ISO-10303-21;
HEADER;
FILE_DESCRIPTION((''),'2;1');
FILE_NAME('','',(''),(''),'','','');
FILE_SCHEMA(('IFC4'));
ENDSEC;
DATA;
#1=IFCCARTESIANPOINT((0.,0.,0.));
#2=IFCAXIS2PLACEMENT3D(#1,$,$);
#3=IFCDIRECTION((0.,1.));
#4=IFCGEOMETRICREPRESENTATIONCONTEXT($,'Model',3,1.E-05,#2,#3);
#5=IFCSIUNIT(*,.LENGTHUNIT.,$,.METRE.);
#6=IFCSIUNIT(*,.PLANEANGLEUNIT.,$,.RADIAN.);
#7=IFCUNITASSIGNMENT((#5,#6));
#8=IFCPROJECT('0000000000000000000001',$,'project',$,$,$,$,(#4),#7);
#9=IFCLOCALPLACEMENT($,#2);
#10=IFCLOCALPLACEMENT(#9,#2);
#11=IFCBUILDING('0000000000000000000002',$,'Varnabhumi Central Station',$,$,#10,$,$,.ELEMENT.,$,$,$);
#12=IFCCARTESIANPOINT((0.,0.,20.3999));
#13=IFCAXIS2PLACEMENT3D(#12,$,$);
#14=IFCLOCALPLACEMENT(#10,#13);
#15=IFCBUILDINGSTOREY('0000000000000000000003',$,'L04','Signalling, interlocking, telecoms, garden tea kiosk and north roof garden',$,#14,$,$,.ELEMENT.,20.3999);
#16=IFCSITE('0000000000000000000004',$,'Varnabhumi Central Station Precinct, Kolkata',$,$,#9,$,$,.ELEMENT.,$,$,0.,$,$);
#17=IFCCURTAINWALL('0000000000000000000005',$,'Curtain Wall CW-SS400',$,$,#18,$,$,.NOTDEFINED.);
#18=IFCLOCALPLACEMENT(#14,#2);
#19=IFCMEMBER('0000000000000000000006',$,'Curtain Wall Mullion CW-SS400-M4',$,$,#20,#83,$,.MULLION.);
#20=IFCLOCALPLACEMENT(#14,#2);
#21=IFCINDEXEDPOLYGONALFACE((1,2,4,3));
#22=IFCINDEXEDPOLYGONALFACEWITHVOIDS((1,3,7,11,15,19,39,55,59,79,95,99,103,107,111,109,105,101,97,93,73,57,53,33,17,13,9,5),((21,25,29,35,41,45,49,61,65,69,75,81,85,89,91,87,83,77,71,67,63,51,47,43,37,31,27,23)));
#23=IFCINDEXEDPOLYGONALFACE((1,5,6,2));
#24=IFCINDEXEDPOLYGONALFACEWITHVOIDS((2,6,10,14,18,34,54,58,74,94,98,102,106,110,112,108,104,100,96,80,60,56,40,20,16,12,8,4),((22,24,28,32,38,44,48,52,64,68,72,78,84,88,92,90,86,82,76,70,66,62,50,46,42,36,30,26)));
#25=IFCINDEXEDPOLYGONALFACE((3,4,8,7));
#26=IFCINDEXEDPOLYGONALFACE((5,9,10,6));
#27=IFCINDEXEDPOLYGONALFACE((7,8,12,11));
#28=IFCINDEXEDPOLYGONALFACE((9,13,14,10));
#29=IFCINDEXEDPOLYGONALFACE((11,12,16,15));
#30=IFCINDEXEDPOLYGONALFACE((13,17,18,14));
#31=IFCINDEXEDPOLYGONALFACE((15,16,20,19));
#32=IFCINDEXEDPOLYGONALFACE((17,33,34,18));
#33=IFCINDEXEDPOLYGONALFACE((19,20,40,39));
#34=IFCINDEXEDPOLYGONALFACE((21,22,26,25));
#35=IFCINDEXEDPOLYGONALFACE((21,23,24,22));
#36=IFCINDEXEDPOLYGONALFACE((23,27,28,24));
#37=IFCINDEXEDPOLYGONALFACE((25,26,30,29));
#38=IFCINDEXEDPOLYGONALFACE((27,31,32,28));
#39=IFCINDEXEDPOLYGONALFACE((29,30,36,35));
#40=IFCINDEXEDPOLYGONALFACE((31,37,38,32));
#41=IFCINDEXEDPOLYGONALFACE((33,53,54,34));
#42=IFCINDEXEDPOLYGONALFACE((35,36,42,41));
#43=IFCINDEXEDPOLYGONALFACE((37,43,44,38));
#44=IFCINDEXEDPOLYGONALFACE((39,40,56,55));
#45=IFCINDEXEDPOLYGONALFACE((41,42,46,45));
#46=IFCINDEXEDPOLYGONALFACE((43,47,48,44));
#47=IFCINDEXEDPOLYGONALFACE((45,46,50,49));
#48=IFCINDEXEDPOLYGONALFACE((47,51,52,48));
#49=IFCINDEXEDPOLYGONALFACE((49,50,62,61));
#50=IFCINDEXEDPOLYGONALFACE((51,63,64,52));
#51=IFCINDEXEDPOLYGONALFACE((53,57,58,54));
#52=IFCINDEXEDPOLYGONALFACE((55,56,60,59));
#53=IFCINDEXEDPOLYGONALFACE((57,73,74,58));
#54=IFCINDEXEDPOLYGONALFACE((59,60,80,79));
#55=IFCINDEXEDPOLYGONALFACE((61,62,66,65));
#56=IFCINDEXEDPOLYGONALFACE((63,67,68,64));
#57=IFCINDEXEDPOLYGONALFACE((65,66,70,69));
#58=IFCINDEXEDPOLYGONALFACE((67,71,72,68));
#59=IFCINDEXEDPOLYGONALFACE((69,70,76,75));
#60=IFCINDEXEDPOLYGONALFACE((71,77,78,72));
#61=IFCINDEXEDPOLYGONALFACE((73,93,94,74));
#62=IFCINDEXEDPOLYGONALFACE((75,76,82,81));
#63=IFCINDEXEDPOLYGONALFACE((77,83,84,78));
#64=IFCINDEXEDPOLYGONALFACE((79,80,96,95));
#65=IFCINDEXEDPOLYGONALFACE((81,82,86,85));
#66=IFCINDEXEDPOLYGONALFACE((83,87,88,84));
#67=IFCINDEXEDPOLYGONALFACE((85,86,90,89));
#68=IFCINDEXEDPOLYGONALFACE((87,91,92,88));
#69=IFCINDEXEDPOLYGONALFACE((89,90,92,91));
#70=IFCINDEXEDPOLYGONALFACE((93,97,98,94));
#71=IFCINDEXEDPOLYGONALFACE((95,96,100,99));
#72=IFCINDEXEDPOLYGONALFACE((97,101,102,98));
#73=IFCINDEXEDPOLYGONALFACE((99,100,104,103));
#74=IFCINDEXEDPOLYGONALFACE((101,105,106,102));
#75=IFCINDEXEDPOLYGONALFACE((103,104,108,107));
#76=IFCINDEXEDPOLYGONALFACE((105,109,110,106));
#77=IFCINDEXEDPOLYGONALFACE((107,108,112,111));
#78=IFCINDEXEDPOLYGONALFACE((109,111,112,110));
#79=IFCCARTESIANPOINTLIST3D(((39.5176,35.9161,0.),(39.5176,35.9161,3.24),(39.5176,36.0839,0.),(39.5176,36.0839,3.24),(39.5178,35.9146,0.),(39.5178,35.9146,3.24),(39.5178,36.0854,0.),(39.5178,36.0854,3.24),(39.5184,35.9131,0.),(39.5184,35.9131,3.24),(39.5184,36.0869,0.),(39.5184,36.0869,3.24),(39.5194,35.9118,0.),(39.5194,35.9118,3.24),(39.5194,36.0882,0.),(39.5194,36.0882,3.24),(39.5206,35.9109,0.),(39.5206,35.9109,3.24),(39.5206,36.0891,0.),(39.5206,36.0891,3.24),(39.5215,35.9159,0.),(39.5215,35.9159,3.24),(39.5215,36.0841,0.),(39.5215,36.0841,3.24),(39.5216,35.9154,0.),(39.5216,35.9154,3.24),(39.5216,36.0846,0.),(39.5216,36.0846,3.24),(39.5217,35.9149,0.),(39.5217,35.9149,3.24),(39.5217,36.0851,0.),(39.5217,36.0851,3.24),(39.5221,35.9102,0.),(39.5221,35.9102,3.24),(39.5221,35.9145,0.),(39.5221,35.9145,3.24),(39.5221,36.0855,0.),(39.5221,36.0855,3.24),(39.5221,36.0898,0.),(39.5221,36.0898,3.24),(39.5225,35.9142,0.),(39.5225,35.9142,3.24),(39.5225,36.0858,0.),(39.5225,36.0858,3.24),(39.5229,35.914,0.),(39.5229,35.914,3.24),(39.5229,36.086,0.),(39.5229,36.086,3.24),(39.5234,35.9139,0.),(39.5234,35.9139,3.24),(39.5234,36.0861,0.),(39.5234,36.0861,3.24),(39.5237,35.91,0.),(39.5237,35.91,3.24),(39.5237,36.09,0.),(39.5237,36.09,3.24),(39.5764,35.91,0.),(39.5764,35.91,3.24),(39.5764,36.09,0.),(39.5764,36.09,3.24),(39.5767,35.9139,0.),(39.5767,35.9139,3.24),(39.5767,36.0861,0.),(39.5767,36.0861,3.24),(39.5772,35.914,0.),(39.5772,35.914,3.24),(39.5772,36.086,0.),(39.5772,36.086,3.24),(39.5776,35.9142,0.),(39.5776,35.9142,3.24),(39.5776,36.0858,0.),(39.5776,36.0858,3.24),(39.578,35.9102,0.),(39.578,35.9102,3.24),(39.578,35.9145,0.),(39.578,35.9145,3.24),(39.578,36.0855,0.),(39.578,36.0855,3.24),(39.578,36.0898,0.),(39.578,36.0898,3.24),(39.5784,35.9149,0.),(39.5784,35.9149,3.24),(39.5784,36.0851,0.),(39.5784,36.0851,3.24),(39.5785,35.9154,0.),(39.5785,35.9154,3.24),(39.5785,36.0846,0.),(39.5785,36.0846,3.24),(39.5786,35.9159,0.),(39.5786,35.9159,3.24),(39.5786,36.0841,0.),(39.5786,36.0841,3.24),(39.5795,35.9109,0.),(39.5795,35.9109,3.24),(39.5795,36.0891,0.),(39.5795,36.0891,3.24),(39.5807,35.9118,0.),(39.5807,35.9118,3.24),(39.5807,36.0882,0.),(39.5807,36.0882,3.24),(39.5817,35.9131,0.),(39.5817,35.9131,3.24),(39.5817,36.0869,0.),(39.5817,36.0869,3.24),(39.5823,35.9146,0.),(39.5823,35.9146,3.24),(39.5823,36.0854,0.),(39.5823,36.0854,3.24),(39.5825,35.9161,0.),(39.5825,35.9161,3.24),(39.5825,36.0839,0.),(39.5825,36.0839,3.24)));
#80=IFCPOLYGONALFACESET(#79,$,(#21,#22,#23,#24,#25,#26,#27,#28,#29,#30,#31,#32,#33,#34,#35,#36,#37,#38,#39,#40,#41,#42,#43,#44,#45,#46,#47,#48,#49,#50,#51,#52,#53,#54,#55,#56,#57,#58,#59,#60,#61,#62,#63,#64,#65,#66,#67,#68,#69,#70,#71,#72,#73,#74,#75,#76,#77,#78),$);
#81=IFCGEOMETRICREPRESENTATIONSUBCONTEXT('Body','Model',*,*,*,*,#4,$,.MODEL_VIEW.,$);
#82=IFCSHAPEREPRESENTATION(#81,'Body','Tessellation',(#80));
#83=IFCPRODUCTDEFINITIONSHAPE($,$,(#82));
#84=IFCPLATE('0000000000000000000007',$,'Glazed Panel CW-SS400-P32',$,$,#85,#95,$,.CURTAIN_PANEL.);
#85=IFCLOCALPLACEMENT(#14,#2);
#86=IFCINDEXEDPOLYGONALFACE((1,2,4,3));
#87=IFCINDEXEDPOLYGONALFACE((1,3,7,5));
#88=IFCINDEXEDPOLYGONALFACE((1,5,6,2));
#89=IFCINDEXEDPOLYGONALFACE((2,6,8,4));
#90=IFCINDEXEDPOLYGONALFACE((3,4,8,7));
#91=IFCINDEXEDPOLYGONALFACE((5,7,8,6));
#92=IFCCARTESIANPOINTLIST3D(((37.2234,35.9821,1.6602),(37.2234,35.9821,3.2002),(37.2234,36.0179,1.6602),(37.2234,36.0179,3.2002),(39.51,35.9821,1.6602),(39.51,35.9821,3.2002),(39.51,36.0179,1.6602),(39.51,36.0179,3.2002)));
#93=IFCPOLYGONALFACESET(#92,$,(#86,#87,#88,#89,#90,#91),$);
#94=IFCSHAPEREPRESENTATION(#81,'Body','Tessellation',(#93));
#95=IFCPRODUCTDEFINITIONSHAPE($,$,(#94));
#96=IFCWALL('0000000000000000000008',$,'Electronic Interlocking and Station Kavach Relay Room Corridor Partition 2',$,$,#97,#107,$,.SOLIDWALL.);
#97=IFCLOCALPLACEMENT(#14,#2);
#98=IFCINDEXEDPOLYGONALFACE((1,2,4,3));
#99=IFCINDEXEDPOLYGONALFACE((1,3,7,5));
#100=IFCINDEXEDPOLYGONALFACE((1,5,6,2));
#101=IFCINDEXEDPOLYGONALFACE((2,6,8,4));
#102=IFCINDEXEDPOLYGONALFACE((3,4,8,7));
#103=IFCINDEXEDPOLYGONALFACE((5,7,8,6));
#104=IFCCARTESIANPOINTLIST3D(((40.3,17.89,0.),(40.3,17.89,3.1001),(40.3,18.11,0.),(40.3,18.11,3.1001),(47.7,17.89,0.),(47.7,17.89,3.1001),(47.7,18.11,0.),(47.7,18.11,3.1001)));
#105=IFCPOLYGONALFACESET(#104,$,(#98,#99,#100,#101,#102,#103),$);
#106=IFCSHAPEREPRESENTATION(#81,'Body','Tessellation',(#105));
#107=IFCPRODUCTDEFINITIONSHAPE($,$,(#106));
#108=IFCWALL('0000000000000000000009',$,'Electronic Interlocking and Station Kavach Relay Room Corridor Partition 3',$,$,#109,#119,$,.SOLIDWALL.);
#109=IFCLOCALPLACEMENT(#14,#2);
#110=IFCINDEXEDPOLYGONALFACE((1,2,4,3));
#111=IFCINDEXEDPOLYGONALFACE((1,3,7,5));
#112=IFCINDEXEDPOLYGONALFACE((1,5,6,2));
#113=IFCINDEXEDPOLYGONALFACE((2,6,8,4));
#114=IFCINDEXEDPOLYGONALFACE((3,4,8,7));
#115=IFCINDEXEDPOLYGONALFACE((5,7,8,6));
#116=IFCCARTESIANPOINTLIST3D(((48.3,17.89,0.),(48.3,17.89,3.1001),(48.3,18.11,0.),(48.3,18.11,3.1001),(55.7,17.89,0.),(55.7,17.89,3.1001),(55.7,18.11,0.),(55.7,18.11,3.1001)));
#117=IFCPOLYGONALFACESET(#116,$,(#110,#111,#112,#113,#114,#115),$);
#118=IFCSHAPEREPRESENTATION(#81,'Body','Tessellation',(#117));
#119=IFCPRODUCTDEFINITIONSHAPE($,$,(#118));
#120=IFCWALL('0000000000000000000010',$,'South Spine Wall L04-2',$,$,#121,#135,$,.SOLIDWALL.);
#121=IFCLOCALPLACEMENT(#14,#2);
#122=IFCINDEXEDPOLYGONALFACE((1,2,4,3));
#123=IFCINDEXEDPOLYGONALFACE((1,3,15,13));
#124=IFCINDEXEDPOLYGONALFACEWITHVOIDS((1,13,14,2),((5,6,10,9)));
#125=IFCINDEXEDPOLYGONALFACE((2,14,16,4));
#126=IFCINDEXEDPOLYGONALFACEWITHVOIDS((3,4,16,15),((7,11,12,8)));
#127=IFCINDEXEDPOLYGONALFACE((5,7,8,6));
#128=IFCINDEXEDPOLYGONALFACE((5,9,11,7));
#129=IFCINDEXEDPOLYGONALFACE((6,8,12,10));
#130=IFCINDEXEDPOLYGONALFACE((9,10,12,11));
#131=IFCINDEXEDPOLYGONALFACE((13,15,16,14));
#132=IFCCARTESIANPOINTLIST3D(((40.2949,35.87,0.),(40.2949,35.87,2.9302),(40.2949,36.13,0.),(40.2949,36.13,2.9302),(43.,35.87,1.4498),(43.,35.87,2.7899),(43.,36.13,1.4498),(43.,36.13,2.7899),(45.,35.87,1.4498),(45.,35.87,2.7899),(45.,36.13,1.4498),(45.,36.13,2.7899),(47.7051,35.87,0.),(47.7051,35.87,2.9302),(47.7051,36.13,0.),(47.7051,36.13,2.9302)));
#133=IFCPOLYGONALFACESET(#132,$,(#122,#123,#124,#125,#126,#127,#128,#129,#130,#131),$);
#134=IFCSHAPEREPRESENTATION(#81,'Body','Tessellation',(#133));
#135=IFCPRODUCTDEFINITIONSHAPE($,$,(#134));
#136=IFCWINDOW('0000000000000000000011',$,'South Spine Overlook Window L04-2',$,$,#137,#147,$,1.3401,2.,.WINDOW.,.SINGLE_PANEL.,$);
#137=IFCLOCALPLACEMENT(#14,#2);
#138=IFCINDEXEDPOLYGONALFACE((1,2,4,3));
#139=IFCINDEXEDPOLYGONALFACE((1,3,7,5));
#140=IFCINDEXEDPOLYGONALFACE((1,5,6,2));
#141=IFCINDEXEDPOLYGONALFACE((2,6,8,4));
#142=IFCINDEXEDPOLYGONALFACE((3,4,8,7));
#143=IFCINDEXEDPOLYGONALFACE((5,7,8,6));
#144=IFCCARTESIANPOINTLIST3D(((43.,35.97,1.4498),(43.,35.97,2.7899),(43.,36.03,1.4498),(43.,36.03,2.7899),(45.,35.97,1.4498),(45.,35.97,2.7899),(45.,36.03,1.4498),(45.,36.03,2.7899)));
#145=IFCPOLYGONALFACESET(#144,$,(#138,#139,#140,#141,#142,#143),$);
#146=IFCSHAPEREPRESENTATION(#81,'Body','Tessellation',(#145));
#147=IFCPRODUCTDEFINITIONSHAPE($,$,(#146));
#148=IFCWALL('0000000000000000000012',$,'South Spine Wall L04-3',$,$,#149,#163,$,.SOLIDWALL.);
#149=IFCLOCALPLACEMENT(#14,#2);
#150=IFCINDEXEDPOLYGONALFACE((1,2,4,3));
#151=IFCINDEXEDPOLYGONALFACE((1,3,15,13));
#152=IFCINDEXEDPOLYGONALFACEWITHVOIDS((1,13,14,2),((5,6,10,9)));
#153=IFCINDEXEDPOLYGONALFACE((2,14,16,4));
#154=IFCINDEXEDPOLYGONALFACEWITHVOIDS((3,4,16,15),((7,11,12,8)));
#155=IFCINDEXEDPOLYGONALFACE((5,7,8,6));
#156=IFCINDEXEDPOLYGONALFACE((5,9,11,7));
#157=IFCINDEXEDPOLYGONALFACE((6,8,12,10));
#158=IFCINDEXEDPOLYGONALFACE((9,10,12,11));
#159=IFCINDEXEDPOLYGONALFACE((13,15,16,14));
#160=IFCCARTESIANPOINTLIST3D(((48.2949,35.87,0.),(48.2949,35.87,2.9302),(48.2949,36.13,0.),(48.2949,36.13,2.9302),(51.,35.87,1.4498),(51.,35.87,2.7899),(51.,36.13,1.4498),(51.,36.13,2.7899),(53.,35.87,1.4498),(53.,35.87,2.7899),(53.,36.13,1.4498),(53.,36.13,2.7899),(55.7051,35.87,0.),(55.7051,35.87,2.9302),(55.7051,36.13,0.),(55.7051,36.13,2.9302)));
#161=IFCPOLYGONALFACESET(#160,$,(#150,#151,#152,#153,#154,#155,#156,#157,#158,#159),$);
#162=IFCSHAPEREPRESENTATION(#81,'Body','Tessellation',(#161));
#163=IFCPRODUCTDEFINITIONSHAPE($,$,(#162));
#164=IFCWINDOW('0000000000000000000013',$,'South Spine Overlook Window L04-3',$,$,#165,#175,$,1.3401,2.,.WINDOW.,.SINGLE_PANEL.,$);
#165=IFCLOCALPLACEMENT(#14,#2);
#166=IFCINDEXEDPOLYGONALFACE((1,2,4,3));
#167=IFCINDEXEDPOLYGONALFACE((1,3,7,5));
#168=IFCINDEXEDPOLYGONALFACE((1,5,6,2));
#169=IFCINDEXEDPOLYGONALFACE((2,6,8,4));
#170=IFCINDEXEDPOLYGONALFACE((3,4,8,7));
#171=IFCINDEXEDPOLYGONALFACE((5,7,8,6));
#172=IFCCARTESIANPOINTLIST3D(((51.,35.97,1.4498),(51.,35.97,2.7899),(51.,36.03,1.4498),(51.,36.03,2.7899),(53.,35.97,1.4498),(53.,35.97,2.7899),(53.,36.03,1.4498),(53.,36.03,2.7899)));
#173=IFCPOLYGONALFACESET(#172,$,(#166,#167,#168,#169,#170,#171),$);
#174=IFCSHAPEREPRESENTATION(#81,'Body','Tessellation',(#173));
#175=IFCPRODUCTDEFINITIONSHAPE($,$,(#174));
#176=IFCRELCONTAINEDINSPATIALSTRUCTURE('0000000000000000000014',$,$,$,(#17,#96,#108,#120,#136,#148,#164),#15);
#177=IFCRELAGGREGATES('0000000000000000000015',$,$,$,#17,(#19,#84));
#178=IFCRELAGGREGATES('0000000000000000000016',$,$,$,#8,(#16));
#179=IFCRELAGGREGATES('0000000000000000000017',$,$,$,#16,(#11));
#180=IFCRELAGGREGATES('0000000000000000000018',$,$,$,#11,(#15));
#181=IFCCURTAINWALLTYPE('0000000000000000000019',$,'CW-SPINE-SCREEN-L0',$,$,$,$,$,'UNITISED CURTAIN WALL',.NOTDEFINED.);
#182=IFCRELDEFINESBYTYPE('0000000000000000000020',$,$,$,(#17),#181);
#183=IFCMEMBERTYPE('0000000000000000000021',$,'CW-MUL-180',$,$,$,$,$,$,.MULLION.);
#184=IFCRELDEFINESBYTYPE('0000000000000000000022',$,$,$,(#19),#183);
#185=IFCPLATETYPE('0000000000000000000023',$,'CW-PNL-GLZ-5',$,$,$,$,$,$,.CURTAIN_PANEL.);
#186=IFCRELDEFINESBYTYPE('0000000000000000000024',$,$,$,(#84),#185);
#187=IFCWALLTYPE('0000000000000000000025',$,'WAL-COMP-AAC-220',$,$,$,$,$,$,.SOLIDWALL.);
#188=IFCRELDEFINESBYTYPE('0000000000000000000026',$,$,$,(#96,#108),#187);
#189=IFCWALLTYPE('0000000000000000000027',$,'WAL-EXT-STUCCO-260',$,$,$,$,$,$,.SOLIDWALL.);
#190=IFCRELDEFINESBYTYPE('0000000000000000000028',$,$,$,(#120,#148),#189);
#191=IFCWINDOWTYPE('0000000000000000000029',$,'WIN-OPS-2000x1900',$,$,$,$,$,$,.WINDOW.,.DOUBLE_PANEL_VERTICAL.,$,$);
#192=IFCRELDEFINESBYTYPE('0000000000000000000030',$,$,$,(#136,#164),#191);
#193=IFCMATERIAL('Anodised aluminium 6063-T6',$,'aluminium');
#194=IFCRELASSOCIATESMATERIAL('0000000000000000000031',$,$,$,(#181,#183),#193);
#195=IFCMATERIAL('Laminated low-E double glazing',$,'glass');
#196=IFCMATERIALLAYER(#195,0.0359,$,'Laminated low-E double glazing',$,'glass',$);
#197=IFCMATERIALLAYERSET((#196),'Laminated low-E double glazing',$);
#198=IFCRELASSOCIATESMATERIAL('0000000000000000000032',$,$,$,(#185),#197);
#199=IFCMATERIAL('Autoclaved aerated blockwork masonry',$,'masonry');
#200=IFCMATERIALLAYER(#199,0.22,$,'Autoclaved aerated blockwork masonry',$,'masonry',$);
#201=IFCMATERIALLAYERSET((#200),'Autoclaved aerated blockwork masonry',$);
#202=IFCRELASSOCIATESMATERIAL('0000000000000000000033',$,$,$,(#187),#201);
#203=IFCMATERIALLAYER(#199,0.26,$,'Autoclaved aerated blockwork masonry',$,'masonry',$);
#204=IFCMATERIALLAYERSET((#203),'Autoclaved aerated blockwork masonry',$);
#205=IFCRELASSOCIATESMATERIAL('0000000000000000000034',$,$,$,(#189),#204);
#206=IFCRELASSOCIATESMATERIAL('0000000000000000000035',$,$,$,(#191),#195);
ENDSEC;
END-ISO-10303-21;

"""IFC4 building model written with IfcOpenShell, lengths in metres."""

from ifc_helpers import new_model, si_unit, direction, frame, frame_2d, origin, origin_2d, place, context, subcontext, project, spatial, rectangle, hollow_rectangle, extrude, material, layer, layer_set, material_profile, profile_set, type_object, element, fill, aggregate, save


model = new_model("IFC4")

# Units and contexts
model_context = context("Model", 3, precision=1e-05, world=origin(), true_north=direction((0.0, 1.0)))
body_context = subcontext(model_context, "Body", "Model", "MODEL_VIEW")
ifc_project = project(units=[si_unit("LENGTHUNIT", "METRE"), si_unit("PLANEANGLEUNIT", "RADIAN")], contexts=[model_context])

# Site, building, storey
site_placement = place(None, origin())
site = spatial("IfcSite", under=ifc_project, at=site_placement, Name="Varnabhumi Central Station Precinct, Kolkata", CompositionType="ELEMENT", RefElevation=0.0)
building_placement = place(site_placement, origin())
building = spatial("IfcBuilding", under=site, at=building_placement, Name="Varnabhumi Central Station", CompositionType="ELEMENT")
storey_placement = place(building_placement, frame((0.0, 0.0, 20.3999)))
storey = spatial("IfcBuildingStorey", under=building, at=storey_placement, Name="L04", Description="Signalling, interlocking, telecoms, garden tea kiosk and north roof garden", CompositionType="ELEMENT", Elevation=20.3999)

# Curtain wall, member, plate
ifc_material_1 = material(Name="Anodised aluminium 6063-T6", Category="aluminium")
curtain_wall_type = type_object("IfcCurtainWallType", Name="CW-SPINE-SCREEN-L0", ElementType="UNITISED CURTAIN WALL", PredefinedType="NOTDEFINED", material=ifc_material_1)
curtain_wall_placement = place(storey_placement, origin())
curtain_wall = element("IfcCurtainWall", 1, at=curtain_wall_placement, inside=storey, type_object=curtain_wall_type, Name="Curtain Wall CW-SS400", PredefinedType="NOTDEFINED")
ifc_material_profile_1 = material_profile(ifc_material_1, hollow_rectangle(XDim=0.0649, YDim=0.1799, WallThickness=0.0039, InnerFilletRadius=0.002, OuterFilletRadius=0.0061, at=origin_2d()), Name="Anodised aluminium 6063-T6", Category="aluminium")
ifc_profile_set_1 = profile_set([ifc_material_profile_1], Name="Anodised aluminium 6063-T6")
member_type = type_object("IfcMemberType", Name="CW-MUL-180", PredefinedType="MULLION", material=ifc_profile_set_1)
member_placement = place(storey_placement, frame((39.55, 36.0, 0.0), z_axis=(0.0, 0.0, 1.0), x_axis=(1.0, 0.0, 0.0)))
member = element("IfcMember", 2, at=member_placement, type_object=member_type, Name="Curtain Wall Mullion CW-SS400-M4", PredefinedType="MULLION", context=body_context, shape_type="SweptSolid", body=[
    extrude(hollow_rectangle(XDim=0.0649, YDim=0.1799, WallThickness=0.0039, InnerFilletRadius=0.002, OuterFilletRadius=0.0061, at=origin_2d()), origin(), (0.0, 0.0, 1.0), 3.24),
])
ifc_material_2 = material(Name="Laminated low-E double glazing", Category="glass")
ifc_layer_1 = layer(ifc_material_2, 0.0359, Name="Laminated low-E double glazing", Category="glass")
ifc_layer_set_1 = layer_set([ifc_layer_1], Name="Laminated low-E double glazing")
plate_type = type_object("IfcPlateType", Name="CW-PNL-GLZ-5", PredefinedType="CURTAIN_PANEL", material=ifc_layer_set_1)
plate_placement = place(storey_placement, frame((38.3667, 36.0, 1.6602), z_axis=(0.0, 0.0, 1.0), x_axis=(1.0, 0.0, 0.0)))
plate = element("IfcPlate", 3, at=plate_placement, type_object=plate_type, Name="Glazed Panel CW-SS400-P32", PredefinedType="CURTAIN_PANEL", context=body_context, shape_type="SweptSolid", body=[
    extrude(rectangle(XDim=2.2866, YDim=0.0359, at=origin_2d()), origin(), (0.0, 0.0, 1.0), 1.54),
])
aggregate(curtain_wall, [member, plate])

# Walls
ifc_material_3 = material(Name="Autoclaved aerated blockwork masonry", Category="masonry")
ifc_layer_2 = layer(ifc_material_3, 0.22, Name="Autoclaved aerated blockwork masonry", Category="masonry")
ifc_layer_set_2 = layer_set([ifc_layer_2], Name="Autoclaved aerated blockwork masonry")
wall_type_1 = type_object("IfcWallType", Name="WAL-COMP-AAC-220", PredefinedType="SOLIDWALL", material=ifc_layer_set_2)
for number, where, z_axis, x_axis, name in (
    (4, (40.3, 18.0, 0.0), (0.0, 0.0, 1.0), (1.0, 0.0, 0.0), "Electronic Interlocking and Station Kavach Relay Room Corridor Partition 2"),
    (5, (48.3, 18.0, 0.0), (0.0, 0.0, 1.0), (1.0, 0.0, 0.0), "Electronic Interlocking and Station Kavach Relay Room Corridor Partition 3"),
):
    element("IfcWall", number, at=place(storey_placement, frame(where, z_axis=z_axis, x_axis=x_axis)), inside=storey, type_object=wall_type_1, Name=name, PredefinedType="SOLIDWALL", context=body_context, shape_type="SweptSolid", body=[
        extrude(rectangle(XDim=7.3999, YDim=0.22, at=frame_2d((3.7, 0.0))), origin(), (0.0, 0.0, 1.0), 3.1001),
    ])

# Walls, openings, windows
ifc_layer_3 = layer(ifc_material_3, 0.26, Name="Autoclaved aerated blockwork masonry", Category="masonry")
ifc_layer_set_3 = layer_set([ifc_layer_3], Name="Autoclaved aerated blockwork masonry")
wall_type_2 = type_object("IfcWallType", Name="WAL-EXT-STUCCO-260", PredefinedType="SOLIDWALL", material=ifc_layer_set_3)
wall_1_placement = place(storey_placement, frame((40.2949, 36.0, 0.0), z_axis=(0.0, 0.0, 1.0), x_axis=(1.0, 0.0, 0.0)))
wall_1 = element("IfcWall", 6, at=wall_1_placement, inside=storey, type_object=wall_type_2, Name="South Spine Wall L04-2", PredefinedType="SOLIDWALL", context=body_context, shape_type="SweptSolid", body=[
    extrude(rectangle(XDim=7.4102, YDim=0.26, at=frame_2d((3.7051, 0.0))), origin(), (0.0, 0.0, 1.0), 2.9302),
])
opening_1_placement = place(wall_1_placement, frame((2.7051, 0.0, 1.45)))
opening_1 = element("IfcOpeningElement", 7, at=opening_1_placement, cuts=wall_1, PredefinedType="OPENING", context=body_context, shape_type="SweptSolid", body=[
    extrude(rectangle(XDim=2.0, YDim=1.3401, at=frame_2d((1.0, 0.6699))), frame((0.0, 0.1399, 0.0), z_axis=(0.0, -1.0, 0.0), x_axis=(1.0, 0.0, 0.0)), (0.0, 0.0, 1.0), 0.28),
])
window_type = type_object("IfcWindowType", Name="WIN-OPS-2000x1900", PartitioningType="DOUBLE_PANEL_VERTICAL", PredefinedType="WINDOW", material=ifc_material_2)
window_1_placement = place(opening_1_placement, origin())
window_1 = element("IfcWindow", 8, at=window_1_placement, inside=storey, type_object=window_type, Name="South Spine Overlook Window L04-2", OverallHeight=1.3401, OverallWidth=2.0, PartitioningType="SINGLE_PANEL", PredefinedType="WINDOW", context=body_context, shape_type="SweptSolid", body=[
    extrude(rectangle(XDim=2.0, YDim=1.3401, at=frame_2d((1.0, 0.6699))), frame((0.0, 0.03, 0.0), z_axis=(0.0, -1.0, 0.0), x_axis=(1.0, 0.0, 0.0)), (0.0, 0.0, 1.0), 0.0601),
])
fill(opening_1, window_1)
wall_2_placement = place(storey_placement, frame((48.2949, 36.0, 0.0), z_axis=(0.0, 0.0, 1.0), x_axis=(1.0, 0.0, 0.0)))
wall_2 = element("IfcWall", 9, at=wall_2_placement, inside=storey, type_object=wall_type_2, Name="South Spine Wall L04-3", PredefinedType="SOLIDWALL", context=body_context, shape_type="SweptSolid", body=[
    extrude(rectangle(XDim=7.4102, YDim=0.26, at=frame_2d((3.7051, 0.0))), origin(), (0.0, 0.0, 1.0), 2.9302),
])
opening_2_placement = place(wall_2_placement, frame((2.7051, 0.0, 1.45)))
opening_2 = element("IfcOpeningElement", 10, at=opening_2_placement, cuts=wall_2, PredefinedType="OPENING", context=body_context, shape_type="SweptSolid", body=[
    extrude(rectangle(XDim=2.0, YDim=1.3401, at=frame_2d((1.0, 0.6699))), frame((0.0, 0.1399, 0.0), z_axis=(0.0, -1.0, 0.0), x_axis=(1.0, 0.0, 0.0)), (0.0, 0.0, 1.0), 0.28),
])
window_2_placement = place(opening_2_placement, origin())
window_2 = element("IfcWindow", 11, at=window_2_placement, inside=storey, type_object=window_type, Name="South Spine Overlook Window L04-3", OverallHeight=1.3401, OverallWidth=2.0, PartitioningType="SINGLE_PANEL", PredefinedType="WINDOW", context=body_context, shape_type="SweptSolid", body=[
    extrude(rectangle(XDim=2.0, YDim=1.3401, at=frame_2d((1.0, 0.6699))), frame((0.0, 0.03, 0.0), z_axis=(0.0, -1.0, 0.0), x_axis=(1.0, 0.0, 0.0)), (0.0, 0.0, 1.0), 0.0601),
])
fill(opening_2, window_2)

save(model, "model.ifc")
